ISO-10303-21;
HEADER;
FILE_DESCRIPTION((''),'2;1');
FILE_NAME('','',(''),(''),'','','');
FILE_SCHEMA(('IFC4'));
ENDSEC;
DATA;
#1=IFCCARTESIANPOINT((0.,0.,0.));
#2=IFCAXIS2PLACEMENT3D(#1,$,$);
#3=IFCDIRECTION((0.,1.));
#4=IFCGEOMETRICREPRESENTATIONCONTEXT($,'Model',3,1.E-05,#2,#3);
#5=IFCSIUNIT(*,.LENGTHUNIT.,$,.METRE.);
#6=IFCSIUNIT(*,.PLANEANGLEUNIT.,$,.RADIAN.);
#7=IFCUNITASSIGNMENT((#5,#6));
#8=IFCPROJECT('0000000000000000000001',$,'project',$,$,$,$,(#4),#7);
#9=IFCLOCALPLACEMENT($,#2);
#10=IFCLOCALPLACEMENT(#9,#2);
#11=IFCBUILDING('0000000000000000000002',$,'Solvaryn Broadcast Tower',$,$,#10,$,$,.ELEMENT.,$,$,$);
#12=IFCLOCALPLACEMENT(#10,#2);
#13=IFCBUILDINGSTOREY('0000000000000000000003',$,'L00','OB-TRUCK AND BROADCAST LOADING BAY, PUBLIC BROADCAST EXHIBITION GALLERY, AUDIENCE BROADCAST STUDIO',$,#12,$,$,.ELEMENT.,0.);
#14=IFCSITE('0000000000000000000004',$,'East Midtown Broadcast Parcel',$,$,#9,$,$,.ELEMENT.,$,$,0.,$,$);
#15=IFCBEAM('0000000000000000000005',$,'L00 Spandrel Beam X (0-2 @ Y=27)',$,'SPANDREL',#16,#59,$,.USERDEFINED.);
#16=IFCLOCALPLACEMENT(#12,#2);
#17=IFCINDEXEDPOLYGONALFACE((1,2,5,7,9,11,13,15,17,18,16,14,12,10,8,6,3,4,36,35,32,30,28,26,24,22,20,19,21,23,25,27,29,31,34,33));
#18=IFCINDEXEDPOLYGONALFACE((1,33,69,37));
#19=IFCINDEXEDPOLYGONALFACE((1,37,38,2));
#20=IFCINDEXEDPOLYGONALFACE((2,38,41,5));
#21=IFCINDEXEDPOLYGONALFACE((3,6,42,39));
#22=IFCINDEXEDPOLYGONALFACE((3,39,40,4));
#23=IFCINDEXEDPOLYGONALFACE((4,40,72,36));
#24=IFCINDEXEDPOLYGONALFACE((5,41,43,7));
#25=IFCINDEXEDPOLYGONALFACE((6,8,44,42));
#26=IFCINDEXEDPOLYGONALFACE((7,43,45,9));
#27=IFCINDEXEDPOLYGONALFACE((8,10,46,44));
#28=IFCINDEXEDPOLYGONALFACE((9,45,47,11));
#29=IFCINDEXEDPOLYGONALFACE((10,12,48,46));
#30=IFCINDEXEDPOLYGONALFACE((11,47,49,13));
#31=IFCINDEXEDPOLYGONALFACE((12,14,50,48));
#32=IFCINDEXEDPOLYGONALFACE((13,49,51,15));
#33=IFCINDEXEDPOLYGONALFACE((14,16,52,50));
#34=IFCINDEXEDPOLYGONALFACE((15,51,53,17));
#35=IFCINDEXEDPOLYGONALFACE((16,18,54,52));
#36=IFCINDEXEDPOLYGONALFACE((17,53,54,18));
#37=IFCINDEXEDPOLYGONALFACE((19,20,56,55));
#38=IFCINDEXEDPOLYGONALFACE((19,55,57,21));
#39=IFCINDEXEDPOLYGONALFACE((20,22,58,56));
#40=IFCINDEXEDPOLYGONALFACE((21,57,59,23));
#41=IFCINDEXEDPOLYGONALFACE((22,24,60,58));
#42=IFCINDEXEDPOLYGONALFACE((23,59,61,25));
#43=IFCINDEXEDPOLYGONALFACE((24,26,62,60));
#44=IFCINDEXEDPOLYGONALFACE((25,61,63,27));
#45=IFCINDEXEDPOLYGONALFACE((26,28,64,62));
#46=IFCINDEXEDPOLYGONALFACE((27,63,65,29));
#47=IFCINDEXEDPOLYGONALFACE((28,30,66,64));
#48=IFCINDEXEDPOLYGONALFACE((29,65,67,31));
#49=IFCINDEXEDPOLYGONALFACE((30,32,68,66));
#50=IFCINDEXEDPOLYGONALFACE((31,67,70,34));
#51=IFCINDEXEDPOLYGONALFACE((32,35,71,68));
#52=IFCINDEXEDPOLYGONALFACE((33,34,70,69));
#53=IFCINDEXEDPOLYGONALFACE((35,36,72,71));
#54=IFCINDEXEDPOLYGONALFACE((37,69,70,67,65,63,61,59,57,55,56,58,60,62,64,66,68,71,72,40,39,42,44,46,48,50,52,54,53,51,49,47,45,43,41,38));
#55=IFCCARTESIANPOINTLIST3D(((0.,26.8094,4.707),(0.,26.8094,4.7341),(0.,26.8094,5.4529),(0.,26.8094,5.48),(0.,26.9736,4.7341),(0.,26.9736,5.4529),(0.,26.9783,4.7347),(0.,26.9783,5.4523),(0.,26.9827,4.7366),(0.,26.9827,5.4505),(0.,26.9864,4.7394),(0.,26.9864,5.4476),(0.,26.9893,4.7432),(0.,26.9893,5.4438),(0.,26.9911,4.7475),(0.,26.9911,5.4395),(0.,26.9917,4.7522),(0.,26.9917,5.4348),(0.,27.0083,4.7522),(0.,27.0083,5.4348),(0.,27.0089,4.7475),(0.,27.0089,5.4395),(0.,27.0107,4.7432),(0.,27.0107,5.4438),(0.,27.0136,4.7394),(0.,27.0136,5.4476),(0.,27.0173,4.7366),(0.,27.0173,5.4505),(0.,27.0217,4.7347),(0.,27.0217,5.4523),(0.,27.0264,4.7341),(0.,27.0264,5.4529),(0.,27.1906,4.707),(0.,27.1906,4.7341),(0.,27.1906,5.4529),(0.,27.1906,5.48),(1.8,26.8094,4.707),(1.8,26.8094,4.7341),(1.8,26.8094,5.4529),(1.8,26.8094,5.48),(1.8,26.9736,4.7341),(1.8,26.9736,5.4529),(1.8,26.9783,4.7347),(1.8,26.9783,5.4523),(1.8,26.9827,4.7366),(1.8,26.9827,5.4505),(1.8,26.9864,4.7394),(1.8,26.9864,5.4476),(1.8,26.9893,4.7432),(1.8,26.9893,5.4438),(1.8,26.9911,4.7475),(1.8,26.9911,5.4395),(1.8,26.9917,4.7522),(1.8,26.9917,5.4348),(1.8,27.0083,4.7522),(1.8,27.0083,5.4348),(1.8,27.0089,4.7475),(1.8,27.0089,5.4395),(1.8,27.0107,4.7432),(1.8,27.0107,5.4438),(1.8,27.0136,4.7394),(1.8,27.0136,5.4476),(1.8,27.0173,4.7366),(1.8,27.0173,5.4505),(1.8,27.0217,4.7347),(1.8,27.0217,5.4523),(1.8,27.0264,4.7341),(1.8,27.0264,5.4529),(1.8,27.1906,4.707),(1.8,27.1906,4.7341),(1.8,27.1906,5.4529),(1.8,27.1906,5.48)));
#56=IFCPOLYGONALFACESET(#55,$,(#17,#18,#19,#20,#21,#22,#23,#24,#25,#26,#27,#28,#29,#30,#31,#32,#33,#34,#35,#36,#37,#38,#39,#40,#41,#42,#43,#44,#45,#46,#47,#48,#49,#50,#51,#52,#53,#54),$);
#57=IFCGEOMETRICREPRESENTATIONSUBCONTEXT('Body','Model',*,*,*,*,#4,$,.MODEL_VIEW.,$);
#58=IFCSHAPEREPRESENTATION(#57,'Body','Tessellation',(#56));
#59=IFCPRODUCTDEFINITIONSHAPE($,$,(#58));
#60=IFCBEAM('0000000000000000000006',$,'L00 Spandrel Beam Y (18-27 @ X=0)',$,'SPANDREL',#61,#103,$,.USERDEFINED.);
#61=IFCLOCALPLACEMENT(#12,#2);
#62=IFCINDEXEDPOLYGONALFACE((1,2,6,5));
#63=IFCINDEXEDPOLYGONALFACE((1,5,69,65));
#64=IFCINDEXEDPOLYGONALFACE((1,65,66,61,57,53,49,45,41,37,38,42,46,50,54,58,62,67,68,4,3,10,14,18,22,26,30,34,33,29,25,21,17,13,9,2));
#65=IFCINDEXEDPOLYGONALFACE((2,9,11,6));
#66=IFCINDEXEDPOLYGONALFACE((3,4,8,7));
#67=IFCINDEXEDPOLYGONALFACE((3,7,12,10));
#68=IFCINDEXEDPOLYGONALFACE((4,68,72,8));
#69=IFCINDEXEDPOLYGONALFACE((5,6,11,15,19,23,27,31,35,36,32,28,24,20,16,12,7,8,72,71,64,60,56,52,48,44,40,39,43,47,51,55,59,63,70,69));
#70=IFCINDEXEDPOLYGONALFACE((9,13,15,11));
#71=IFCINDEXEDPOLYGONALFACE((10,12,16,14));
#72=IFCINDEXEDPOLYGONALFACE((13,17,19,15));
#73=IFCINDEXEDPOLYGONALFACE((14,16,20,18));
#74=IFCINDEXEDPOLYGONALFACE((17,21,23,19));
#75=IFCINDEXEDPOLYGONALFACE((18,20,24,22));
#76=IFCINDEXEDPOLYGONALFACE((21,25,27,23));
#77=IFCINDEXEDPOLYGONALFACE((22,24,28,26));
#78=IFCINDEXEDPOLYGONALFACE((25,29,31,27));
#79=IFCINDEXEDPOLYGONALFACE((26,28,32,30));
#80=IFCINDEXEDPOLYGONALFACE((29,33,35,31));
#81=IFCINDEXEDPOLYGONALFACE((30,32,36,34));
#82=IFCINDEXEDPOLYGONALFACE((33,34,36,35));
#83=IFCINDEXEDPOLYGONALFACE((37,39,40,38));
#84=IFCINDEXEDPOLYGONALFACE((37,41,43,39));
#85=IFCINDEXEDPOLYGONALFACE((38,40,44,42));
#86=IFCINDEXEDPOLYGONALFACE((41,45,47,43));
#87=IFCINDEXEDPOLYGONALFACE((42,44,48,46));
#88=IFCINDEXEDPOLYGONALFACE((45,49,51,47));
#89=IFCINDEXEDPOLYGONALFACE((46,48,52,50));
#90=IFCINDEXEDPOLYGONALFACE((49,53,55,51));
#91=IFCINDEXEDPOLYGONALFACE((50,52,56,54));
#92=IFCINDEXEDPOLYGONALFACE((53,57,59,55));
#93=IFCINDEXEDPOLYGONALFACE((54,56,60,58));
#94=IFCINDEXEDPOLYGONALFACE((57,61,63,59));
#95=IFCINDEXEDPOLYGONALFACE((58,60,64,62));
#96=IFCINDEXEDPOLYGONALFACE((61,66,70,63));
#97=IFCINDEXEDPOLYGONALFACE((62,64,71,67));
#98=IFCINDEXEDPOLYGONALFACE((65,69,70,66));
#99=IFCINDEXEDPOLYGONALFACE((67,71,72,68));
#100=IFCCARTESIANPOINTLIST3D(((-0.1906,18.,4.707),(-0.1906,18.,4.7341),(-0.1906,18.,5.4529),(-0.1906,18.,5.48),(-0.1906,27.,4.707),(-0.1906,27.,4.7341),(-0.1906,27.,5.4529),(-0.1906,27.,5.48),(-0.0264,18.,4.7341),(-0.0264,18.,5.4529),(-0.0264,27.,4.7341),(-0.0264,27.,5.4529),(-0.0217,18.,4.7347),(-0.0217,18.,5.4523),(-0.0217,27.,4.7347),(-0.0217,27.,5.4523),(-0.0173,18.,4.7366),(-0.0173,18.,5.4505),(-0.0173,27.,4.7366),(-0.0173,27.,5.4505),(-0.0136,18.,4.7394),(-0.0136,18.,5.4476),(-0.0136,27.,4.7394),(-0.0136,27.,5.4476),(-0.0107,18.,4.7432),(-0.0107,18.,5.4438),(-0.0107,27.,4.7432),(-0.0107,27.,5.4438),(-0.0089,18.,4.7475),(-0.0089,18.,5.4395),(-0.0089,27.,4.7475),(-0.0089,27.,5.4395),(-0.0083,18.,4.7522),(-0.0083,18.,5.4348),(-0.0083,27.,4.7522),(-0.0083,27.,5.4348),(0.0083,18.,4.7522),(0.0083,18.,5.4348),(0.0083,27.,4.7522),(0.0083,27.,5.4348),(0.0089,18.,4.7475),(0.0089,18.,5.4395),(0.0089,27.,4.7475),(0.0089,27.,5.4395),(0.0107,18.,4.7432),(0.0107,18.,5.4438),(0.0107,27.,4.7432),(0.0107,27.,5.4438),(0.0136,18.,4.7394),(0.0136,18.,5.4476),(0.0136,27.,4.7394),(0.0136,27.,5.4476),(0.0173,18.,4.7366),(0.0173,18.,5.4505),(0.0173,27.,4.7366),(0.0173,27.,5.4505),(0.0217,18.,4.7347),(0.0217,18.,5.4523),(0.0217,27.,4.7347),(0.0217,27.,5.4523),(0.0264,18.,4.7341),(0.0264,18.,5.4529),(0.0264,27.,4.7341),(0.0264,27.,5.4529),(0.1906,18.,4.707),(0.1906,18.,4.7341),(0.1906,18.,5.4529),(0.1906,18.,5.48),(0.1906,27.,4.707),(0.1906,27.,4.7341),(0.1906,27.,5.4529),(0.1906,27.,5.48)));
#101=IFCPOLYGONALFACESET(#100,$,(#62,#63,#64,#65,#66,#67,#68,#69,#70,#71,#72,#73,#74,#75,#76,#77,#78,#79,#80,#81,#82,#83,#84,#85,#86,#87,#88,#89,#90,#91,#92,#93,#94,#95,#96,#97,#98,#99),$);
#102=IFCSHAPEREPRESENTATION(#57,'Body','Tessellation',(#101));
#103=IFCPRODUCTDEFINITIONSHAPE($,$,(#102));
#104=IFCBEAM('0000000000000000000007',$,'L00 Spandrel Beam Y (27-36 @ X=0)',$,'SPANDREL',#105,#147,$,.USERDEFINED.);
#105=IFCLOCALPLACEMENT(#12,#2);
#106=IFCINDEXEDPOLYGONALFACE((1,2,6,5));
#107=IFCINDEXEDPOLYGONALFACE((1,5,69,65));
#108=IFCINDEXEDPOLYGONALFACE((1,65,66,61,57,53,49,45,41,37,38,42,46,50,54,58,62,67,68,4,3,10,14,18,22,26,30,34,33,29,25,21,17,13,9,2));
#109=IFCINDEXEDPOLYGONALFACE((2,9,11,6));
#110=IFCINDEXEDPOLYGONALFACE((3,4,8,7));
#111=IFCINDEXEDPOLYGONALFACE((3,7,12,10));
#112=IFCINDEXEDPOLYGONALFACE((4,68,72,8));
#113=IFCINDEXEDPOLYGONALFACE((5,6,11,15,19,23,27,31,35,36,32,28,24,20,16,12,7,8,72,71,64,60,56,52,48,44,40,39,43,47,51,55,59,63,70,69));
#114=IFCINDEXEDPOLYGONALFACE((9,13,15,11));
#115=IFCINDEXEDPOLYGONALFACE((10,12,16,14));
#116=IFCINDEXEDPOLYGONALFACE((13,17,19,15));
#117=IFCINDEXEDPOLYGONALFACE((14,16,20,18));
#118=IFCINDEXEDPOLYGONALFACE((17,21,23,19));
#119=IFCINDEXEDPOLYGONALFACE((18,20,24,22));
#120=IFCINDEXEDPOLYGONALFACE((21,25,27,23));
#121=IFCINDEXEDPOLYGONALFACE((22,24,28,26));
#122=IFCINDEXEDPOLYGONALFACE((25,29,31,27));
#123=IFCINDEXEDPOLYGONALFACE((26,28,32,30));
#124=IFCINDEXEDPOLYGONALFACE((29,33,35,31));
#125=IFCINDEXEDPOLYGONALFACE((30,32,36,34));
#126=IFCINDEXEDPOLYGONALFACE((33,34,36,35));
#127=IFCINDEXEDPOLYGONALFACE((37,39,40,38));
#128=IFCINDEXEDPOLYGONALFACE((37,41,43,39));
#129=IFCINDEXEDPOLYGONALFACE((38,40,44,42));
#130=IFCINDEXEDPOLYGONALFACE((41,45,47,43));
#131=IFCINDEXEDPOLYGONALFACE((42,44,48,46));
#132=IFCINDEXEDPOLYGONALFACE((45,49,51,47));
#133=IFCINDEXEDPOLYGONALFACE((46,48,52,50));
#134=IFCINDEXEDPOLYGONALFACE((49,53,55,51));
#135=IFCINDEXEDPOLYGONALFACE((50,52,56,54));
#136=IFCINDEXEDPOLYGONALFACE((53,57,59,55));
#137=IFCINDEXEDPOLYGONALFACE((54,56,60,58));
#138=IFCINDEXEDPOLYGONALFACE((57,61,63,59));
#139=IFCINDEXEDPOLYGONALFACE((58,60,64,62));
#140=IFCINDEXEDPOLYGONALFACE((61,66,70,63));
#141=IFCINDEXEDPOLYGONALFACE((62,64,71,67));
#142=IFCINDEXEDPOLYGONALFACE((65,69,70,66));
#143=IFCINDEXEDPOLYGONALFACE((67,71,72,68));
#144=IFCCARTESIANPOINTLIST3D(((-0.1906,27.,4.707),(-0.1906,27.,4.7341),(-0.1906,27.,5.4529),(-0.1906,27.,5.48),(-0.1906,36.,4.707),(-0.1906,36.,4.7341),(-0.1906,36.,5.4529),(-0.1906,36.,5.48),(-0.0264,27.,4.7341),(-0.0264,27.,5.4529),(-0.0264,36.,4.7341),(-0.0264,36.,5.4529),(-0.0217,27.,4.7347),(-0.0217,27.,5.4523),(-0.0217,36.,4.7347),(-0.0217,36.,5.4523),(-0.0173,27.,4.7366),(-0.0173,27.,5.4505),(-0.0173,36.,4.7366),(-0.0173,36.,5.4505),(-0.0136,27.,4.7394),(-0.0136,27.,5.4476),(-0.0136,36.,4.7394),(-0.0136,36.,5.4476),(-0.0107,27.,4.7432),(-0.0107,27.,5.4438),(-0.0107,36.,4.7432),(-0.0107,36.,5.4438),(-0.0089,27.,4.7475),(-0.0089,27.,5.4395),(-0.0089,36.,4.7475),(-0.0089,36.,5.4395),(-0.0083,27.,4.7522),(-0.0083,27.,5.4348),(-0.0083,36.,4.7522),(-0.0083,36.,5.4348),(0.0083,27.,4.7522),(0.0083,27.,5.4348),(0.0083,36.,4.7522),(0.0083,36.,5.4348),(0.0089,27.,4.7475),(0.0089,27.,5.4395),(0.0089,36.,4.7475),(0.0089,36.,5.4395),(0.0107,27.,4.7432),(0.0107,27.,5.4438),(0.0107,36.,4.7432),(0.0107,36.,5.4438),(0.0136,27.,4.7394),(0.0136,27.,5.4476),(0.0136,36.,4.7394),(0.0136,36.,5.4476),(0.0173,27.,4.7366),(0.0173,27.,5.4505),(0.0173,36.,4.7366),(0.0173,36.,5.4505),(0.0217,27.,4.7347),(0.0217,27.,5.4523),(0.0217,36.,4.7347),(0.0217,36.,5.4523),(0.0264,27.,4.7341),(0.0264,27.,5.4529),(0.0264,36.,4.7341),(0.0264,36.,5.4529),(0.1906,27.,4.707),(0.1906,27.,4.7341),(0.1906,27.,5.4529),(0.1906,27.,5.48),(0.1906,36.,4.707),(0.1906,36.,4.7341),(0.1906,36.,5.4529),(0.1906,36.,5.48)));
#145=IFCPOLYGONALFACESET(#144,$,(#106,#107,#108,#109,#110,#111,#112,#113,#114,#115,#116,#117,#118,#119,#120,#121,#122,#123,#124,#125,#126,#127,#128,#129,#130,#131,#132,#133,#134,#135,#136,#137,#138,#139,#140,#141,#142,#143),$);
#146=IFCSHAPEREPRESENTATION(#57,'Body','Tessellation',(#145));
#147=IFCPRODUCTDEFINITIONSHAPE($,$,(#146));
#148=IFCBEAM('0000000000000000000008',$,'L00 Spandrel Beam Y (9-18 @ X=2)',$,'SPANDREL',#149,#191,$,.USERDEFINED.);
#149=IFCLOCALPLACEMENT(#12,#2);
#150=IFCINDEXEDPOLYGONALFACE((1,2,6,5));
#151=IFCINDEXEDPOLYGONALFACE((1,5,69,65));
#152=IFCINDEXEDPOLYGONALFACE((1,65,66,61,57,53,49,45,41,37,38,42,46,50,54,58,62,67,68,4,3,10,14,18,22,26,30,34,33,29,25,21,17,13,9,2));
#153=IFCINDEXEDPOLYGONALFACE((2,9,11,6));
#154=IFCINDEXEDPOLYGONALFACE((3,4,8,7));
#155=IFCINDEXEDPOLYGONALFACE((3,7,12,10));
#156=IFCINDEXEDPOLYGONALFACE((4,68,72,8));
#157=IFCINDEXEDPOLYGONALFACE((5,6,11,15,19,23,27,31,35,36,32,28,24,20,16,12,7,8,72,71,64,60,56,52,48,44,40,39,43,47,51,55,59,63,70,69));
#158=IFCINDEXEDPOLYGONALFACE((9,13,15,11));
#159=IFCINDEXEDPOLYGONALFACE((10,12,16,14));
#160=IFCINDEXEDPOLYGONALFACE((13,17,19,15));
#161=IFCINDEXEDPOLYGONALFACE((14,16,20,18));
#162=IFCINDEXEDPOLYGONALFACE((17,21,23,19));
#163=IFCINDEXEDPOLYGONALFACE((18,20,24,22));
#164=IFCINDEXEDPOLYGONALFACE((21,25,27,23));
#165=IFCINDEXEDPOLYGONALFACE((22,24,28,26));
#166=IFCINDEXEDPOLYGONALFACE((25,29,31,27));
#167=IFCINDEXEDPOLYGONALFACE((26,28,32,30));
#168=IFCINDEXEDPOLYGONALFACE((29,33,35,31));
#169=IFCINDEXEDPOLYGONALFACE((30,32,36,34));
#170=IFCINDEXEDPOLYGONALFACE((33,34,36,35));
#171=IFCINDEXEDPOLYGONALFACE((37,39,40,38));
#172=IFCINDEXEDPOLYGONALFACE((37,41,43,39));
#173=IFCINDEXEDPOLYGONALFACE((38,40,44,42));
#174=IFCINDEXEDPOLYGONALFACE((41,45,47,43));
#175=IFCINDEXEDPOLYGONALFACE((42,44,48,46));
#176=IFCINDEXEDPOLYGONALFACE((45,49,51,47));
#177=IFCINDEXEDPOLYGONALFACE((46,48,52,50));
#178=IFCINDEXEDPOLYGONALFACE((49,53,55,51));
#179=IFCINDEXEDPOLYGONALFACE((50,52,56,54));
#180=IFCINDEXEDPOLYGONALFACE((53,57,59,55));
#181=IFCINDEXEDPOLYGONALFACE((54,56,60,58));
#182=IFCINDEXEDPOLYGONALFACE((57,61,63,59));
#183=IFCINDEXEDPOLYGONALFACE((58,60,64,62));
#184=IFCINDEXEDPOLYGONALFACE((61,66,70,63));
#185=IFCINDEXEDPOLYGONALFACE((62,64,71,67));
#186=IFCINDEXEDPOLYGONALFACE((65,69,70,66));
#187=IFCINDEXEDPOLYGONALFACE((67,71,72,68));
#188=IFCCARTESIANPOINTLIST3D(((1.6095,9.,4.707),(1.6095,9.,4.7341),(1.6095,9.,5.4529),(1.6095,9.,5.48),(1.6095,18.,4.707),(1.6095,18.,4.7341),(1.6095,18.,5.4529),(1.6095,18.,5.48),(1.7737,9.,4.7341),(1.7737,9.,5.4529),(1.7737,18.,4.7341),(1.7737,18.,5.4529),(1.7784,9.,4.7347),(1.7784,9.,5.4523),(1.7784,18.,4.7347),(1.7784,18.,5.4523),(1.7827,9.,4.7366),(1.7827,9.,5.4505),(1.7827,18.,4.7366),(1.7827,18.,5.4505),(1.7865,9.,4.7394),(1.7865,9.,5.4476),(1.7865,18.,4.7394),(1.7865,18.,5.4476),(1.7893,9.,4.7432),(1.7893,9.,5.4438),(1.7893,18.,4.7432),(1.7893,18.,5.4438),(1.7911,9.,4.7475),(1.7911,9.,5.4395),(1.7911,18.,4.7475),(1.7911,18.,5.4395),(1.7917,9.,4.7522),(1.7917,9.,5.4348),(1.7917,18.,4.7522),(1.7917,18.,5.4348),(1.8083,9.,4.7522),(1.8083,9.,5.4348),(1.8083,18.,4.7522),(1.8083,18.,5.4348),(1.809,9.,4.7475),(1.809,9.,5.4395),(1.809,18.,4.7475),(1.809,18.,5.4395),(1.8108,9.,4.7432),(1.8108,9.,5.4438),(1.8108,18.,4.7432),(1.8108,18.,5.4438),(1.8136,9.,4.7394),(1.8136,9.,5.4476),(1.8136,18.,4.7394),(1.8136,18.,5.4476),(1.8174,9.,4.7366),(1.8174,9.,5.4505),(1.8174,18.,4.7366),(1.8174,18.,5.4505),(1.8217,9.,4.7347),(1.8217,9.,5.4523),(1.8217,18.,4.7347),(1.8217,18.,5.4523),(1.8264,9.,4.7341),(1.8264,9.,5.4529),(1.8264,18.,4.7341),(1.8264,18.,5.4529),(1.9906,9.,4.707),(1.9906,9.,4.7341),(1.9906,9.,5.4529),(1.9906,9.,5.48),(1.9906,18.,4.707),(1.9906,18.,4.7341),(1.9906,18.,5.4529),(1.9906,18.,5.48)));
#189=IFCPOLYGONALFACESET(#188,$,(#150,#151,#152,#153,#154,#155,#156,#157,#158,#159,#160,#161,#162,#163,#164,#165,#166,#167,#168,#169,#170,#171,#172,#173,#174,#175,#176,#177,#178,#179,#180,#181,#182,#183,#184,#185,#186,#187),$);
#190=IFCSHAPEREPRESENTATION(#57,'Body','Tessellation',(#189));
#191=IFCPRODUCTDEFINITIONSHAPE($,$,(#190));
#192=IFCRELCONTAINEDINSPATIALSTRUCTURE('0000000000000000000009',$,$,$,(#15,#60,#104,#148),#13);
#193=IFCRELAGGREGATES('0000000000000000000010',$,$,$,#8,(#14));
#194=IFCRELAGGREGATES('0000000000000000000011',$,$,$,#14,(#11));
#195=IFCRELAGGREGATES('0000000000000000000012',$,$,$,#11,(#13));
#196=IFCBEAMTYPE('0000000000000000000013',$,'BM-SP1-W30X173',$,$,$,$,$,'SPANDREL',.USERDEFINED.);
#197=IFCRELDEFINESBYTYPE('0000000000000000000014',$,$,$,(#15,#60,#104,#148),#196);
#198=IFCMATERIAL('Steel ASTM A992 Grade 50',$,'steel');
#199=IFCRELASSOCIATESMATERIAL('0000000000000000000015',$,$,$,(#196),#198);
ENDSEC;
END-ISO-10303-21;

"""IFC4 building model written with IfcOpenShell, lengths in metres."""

from ifc_helpers import new_model, si_unit, direction, frame, origin, origin_2d, place, context, subcontext, project, spatial, i_section, extrude, material, material_profile, profile_set, type_object, element, save


model = new_model("IFC4")

# Units and contexts
model_context = context("Model", 3, precision=1e-05, world=origin(), true_north=direction((0.0, 1.0)))
body_context = subcontext(model_context, "Body", "Model", "MODEL_VIEW")
ifc_project = project(units=[si_unit("LENGTHUNIT", "METRE"), si_unit("PLANEANGLEUNIT", "RADIAN")], contexts=[model_context])

# Site, building, storey
site_placement = place(None, origin())
site = spatial("IfcSite", under=ifc_project, at=site_placement, Name="East Midtown Broadcast Parcel", CompositionType="ELEMENT", RefElevation=0.0)
building_placement = place(site_placement, origin())
building = spatial("IfcBuilding", under=site, at=building_placement, Name="Solvaryn Broadcast Tower", CompositionType="ELEMENT")
storey_placement = place(building_placement, origin())
storey = spatial("IfcBuildingStorey", under=building, at=storey_placement, Name="L00", Description="OB-TRUCK AND BROADCAST LOADING BAY, PUBLIC BROADCAST EXHIBITION GALLERY, AUDIENCE BROADCAST STUDIO", CompositionType="ELEMENT", Elevation=0.0)

# Beams
ifc_material_1 = material(Name="Steel ASTM A992 Grade 50", Category="steel")
ifc_material_profile_1 = material_profile(ifc_material_1, i_section(OverallWidth=0.3811, OverallDepth=0.7729, WebThickness=0.0166, FlangeThickness=0.0271, FilletRadius=0.0181, at=origin_2d()))
ifc_profile_set_1 = profile_set([ifc_material_profile_1], Name="Steel ASTM A992 Grade 50")
beam_type_1 = type_object("IfcBeamType", Name="BM-SP1-W30X173", ElementType="SPANDREL", PredefinedType="USERDEFINED", material=ifc_profile_set_1)
for number, where, z_axis, x_axis, name in (
    (1, (0.0, 27.0, 5.0935), (1.0, 0.0, 0.0), (0.0, 1.0, 0.0), "L00 Spandrel Beam X (0-2 @ Y=27)"),
):
    element("IfcBeam", number, at=place(storey_placement, frame(where, z_axis=z_axis, x_axis=x_axis)), inside=storey, type_object=beam_type_1, Name=name, ObjectType="SPANDREL", PredefinedType="USERDEFINED", context=body_context, shape_type="SweptSolid", body=[
        extrude(i_section(OverallWidth=0.3811, OverallDepth=0.7729, WebThickness=0.0166, FlangeThickness=0.0271, FilletRadius=0.0181, at=origin_2d()), origin(), (0.0, 0.0, 1.0), 1.8),
    ])
for number, where, z_axis, x_axis, name in (
    (2, (0.0, 18.0, 5.0935), (0.0, 1.0, 0.0), (-1.0, 0.0, 0.0), "L00 Spandrel Beam Y (18-27 @ X=0)"),
    (3, (0.0, 27.0, 5.0935), (0.0, 1.0, 0.0), (-1.0, 0.0, 0.0), "L00 Spandrel Beam Y (27-36 @ X=0)"),
    (4, (1.8, 9.0, 5.0935), (0.0, 1.0, 0.0), (-1.0, 0.0, 0.0), "L00 Spandrel Beam Y (9-18 @ X=2)"),
):
    element("IfcBeam", number, at=place(storey_placement, frame(where, z_axis=z_axis, x_axis=x_axis)), inside=storey, type_object=beam_type_1, Name=name, ObjectType="SPANDREL", PredefinedType="USERDEFINED", context=body_context, shape_type="SweptSolid", body=[
        extrude(i_section(OverallWidth=0.3811, OverallDepth=0.7729, WebThickness=0.0166, FlangeThickness=0.0271, FilletRadius=0.0181, at=origin_2d()), origin(), (0.0, 0.0, 1.0), 9.0),
    ])

save(model, "model.ifc")
